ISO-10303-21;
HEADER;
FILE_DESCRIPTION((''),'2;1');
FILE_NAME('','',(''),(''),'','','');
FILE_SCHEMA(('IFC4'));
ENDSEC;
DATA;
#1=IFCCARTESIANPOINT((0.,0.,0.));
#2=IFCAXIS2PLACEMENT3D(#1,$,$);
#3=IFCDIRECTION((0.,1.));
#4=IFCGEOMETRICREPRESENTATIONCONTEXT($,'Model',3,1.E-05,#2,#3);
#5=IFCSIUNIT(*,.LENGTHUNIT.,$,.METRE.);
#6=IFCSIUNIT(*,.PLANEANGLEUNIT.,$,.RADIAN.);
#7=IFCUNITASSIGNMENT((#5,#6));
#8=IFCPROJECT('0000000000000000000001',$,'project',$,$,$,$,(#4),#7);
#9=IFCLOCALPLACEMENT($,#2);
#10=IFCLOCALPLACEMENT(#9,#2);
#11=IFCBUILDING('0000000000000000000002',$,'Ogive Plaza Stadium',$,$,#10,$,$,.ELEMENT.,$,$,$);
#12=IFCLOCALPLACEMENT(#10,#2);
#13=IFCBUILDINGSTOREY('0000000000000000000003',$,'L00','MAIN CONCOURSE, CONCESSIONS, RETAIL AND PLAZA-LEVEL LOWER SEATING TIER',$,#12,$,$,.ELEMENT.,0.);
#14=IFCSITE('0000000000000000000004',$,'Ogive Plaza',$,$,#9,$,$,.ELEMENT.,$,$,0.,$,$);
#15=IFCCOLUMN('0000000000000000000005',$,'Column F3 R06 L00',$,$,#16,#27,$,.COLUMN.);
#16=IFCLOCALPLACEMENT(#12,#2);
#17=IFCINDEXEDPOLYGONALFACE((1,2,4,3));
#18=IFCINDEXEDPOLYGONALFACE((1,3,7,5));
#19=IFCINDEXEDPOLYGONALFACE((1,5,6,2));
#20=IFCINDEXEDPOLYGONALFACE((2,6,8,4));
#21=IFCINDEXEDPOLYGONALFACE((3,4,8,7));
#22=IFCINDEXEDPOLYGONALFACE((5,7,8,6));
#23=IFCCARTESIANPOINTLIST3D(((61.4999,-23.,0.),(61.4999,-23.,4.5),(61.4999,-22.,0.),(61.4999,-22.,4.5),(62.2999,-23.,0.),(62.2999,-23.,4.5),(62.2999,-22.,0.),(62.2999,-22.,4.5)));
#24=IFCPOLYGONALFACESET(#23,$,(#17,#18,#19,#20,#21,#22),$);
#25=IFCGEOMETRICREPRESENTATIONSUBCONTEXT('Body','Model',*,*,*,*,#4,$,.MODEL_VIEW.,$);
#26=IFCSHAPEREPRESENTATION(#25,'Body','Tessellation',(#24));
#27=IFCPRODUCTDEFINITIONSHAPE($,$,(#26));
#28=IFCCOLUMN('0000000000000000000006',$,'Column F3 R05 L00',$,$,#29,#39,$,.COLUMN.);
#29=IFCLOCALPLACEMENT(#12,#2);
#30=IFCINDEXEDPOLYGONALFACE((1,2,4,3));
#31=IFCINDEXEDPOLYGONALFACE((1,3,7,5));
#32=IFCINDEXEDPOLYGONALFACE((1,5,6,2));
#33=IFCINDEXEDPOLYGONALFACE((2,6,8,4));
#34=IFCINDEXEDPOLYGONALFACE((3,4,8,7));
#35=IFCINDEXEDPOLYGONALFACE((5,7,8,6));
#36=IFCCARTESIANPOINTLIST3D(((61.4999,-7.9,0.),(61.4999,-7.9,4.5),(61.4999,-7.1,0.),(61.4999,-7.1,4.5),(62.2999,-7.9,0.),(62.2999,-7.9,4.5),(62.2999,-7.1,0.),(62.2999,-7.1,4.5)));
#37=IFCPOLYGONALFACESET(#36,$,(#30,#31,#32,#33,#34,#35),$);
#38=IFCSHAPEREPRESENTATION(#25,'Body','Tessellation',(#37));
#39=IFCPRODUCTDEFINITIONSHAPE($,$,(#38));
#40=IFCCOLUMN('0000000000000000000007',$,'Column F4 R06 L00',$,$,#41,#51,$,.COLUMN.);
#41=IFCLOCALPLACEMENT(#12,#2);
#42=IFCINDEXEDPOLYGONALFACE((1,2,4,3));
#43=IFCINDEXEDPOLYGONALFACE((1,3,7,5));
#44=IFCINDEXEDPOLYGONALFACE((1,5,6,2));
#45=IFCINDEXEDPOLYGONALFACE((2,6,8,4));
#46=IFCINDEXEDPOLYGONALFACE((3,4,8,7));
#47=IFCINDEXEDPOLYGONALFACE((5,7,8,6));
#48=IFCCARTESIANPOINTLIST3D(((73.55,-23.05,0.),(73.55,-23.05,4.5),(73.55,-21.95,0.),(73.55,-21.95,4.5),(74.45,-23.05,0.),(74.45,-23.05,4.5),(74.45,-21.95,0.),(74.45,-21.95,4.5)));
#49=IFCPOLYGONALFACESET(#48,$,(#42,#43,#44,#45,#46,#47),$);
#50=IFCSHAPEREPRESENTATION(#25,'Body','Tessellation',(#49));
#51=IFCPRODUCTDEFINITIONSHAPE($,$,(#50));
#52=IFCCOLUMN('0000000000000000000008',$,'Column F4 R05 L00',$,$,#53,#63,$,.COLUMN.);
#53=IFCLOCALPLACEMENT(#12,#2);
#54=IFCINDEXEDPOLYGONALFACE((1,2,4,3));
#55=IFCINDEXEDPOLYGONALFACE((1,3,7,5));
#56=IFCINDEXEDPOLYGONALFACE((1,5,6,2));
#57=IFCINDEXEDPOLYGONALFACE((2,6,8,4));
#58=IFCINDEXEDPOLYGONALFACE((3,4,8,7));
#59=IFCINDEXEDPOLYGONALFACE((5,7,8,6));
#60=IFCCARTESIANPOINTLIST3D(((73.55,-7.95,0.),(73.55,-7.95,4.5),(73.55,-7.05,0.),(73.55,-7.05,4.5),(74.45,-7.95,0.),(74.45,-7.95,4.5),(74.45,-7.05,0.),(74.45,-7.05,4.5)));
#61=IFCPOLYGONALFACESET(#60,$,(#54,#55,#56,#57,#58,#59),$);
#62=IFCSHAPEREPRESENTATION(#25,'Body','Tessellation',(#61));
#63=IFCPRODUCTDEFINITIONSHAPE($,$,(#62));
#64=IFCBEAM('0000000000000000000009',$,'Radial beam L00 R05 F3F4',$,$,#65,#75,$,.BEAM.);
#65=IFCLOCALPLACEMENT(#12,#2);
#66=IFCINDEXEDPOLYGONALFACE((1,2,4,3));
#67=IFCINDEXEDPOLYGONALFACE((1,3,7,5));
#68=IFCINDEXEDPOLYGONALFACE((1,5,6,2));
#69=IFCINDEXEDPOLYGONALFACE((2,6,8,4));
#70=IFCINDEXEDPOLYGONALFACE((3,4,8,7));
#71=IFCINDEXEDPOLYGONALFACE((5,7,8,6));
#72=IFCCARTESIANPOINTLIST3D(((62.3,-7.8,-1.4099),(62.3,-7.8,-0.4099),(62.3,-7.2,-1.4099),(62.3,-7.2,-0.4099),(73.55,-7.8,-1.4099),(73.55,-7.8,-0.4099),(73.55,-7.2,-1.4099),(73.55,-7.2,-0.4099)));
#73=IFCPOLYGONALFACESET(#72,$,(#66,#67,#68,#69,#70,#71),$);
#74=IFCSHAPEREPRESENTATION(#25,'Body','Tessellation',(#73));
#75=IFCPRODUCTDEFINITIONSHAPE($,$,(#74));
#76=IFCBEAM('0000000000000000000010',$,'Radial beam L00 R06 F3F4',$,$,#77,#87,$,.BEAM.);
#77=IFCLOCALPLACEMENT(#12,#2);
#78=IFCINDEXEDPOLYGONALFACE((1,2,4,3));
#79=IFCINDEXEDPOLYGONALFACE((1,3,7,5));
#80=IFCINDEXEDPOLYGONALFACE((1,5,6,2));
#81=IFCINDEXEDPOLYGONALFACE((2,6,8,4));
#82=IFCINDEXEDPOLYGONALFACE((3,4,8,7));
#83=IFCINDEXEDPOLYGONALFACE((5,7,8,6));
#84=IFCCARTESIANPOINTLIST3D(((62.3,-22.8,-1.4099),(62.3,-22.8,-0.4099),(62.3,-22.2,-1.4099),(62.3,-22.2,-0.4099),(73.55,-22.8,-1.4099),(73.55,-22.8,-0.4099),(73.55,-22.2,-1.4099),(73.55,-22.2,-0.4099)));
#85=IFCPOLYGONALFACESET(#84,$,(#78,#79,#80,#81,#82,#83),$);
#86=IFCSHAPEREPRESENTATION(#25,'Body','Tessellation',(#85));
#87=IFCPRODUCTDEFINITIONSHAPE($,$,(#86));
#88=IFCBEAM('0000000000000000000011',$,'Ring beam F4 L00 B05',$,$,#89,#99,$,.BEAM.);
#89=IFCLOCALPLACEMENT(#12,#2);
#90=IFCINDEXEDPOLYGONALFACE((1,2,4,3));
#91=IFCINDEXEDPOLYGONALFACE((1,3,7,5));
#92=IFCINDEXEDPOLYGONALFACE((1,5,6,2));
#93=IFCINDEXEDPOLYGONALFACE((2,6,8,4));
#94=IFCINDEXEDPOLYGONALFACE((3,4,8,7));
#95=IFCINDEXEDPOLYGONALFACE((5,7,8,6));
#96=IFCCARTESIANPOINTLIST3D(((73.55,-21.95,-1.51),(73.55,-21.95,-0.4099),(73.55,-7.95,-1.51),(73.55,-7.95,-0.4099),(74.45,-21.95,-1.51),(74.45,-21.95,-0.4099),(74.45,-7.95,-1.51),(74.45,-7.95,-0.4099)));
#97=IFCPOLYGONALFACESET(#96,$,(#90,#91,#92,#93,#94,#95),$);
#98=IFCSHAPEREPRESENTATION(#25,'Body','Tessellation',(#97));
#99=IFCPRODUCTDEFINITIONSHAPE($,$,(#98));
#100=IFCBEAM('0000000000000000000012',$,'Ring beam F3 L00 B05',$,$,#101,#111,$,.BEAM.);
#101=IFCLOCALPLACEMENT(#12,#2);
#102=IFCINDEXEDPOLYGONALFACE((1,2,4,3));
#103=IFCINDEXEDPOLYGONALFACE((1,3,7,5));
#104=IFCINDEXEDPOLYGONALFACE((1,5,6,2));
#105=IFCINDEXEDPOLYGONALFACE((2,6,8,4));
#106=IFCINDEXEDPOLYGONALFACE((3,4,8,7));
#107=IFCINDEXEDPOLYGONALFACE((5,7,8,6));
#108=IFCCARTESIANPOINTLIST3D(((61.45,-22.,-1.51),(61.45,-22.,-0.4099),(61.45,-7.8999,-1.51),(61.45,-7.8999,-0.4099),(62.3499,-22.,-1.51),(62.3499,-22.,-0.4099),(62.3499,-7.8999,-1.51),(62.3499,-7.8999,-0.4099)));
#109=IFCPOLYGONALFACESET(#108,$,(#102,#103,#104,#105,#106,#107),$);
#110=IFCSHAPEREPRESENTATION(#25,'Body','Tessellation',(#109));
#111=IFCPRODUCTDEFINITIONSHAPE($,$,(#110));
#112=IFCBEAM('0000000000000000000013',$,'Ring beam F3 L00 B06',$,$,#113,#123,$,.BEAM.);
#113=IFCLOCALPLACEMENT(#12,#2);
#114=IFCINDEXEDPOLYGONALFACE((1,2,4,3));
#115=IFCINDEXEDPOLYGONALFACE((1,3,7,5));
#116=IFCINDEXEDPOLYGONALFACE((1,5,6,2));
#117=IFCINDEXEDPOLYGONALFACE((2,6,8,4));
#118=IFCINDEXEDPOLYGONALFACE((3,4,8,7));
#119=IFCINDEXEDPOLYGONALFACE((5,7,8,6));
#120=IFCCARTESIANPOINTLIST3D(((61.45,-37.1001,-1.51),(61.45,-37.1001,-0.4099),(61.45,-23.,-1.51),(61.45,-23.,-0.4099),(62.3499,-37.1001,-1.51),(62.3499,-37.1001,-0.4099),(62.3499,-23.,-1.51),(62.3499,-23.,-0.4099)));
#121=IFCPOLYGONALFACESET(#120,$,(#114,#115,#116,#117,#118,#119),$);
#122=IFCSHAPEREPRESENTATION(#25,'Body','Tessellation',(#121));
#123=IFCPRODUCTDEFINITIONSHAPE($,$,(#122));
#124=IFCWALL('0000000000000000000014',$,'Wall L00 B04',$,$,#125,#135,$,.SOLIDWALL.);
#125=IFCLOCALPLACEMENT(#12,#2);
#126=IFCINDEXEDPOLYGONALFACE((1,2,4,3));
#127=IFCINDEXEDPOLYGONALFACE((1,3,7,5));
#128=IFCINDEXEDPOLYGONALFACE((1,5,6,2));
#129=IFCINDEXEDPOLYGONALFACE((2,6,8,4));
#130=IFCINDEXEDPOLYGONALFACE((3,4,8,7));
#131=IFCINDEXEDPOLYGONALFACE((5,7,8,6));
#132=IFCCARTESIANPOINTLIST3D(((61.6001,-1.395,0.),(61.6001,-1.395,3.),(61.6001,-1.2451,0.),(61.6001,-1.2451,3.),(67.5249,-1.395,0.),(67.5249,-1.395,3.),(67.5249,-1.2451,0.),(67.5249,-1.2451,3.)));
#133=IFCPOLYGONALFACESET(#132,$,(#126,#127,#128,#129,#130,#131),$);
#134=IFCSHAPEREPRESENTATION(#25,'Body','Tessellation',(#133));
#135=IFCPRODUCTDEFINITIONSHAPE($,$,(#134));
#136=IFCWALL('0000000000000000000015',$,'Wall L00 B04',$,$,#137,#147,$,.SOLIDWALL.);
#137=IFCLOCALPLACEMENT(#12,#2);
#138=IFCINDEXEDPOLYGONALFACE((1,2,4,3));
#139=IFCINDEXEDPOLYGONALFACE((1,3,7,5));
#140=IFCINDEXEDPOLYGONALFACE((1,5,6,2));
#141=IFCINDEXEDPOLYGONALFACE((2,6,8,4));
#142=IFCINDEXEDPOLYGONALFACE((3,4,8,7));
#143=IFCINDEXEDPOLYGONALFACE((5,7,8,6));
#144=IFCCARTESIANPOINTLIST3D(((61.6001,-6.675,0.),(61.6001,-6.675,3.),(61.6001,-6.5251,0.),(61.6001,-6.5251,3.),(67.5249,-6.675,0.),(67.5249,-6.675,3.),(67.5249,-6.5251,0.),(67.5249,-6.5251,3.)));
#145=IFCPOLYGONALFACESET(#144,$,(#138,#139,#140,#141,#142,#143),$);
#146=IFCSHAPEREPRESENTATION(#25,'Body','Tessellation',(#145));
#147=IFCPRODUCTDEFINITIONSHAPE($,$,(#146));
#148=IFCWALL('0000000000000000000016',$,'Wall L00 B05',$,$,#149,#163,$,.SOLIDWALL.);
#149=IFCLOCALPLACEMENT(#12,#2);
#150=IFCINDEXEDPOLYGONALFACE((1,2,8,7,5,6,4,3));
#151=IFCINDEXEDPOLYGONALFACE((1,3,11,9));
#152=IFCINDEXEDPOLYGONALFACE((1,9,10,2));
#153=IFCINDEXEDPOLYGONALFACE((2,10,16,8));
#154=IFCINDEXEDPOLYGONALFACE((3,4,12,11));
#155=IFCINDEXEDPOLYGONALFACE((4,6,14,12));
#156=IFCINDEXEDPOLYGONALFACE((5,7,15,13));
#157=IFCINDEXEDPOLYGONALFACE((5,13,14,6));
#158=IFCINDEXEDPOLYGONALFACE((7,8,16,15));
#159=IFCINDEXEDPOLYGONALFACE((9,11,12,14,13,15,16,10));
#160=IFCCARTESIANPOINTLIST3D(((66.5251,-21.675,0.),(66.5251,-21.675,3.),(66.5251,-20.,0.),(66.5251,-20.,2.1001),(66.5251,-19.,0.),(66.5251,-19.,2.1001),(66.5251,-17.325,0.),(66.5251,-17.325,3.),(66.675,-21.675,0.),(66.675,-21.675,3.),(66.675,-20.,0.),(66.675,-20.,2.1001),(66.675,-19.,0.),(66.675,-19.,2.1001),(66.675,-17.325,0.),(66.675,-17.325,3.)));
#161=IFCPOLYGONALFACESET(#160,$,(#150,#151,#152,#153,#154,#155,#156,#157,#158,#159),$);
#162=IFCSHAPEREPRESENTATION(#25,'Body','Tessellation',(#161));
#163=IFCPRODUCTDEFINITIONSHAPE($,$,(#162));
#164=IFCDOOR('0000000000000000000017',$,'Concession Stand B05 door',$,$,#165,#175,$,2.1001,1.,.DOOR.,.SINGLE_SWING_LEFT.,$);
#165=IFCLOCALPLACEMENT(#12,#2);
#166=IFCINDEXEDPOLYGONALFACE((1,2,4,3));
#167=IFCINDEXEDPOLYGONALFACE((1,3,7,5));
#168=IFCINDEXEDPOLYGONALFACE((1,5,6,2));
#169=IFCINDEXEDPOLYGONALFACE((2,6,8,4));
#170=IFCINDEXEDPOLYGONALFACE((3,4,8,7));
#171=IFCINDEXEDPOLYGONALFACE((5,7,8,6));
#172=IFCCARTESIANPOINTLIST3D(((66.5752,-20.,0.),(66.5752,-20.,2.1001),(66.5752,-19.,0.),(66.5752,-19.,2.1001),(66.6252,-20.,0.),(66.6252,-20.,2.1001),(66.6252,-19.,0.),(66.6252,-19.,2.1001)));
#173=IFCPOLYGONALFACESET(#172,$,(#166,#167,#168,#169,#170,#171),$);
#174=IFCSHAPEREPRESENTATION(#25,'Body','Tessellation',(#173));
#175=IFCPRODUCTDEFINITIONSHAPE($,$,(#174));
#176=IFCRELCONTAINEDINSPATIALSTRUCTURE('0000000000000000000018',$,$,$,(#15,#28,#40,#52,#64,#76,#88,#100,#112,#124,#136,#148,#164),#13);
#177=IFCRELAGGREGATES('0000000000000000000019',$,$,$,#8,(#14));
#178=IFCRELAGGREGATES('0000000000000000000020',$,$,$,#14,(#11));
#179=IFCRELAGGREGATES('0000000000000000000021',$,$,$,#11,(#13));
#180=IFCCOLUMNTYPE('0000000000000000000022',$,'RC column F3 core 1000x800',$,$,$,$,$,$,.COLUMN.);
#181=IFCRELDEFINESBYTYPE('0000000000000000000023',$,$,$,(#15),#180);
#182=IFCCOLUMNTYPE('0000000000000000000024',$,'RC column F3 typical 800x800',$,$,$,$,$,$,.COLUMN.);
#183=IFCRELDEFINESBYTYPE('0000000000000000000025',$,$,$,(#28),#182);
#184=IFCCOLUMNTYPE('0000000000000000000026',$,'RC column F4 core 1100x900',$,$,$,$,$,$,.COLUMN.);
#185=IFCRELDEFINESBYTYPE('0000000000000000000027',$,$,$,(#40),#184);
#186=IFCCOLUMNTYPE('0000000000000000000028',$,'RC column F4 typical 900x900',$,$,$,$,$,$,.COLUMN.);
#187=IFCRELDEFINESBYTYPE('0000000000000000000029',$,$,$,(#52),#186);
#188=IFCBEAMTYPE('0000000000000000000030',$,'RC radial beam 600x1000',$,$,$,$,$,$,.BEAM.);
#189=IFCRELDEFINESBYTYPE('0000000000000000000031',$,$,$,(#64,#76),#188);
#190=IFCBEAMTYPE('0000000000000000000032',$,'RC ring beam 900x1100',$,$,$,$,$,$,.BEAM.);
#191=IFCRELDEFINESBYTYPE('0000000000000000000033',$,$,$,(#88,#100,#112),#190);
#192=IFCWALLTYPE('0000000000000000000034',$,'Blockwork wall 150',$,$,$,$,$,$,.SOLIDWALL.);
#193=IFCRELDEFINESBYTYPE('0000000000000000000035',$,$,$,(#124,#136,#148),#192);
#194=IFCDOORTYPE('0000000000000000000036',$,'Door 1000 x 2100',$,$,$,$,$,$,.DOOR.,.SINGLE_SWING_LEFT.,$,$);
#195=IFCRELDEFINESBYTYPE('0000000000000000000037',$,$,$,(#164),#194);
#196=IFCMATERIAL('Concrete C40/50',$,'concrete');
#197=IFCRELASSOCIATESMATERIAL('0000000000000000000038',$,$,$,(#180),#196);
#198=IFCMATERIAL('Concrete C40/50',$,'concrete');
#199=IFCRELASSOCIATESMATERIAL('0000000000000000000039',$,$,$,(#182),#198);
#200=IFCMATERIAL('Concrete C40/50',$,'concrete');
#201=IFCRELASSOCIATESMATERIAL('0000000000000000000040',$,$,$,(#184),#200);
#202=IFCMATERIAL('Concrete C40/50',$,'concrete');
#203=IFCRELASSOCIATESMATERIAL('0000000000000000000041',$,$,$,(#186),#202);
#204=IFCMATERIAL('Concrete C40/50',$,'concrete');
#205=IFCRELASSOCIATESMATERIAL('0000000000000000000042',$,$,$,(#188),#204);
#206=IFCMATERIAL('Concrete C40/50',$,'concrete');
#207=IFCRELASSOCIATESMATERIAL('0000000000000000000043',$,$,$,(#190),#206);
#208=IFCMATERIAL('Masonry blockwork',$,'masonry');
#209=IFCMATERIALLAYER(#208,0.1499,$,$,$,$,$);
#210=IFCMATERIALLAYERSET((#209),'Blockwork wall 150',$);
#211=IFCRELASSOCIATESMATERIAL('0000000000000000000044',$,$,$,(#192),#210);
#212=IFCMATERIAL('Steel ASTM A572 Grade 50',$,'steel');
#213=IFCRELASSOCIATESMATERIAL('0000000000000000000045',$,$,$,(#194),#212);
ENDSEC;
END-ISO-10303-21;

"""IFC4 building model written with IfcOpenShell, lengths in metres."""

from ifc_helpers import new_model, si_unit, direction, frame, frame_2d, origin, origin_2d, place, context, subcontext, project, spatial, rectangle, extrude, material, layer, layer_set, material_profile, profile_set, type_object, element, fill, save


model = new_model("IFC4")

# Units and contexts
model_context = context("Model", 3, precision=1e-05, world=origin(), true_north=direction((0.0, 1.0)))
body_context = subcontext(model_context, "Body", "Model", "MODEL_VIEW")
ifc_project = project(units=[si_unit("LENGTHUNIT", "METRE"), si_unit("PLANEANGLEUNIT", "RADIAN")], contexts=[model_context])

# Site, building, storey
site_placement = place(None, origin())
site = spatial("IfcSite", under=ifc_project, at=site_placement, Name="Ogive Plaza", CompositionType="ELEMENT", RefElevation=0.0)
building_placement = place(site_placement, origin())
building = spatial("IfcBuilding", under=site, at=building_placement, Name="Ogive Plaza Stadium", CompositionType="ELEMENT")
storey_placement = place(building_placement, origin())
storey = spatial("IfcBuildingStorey", under=building, at=storey_placement, Name="L00", Description="MAIN CONCOURSE, CONCESSIONS, RETAIL AND PLAZA-LEVEL LOWER SEATING TIER", CompositionType="ELEMENT", Elevation=0.0)

# Columns
ifc_material_1 = material(Name="Concrete C40/50", Category="concrete")
ifc_material_profile_1 = material_profile(ifc_material_1, rectangle(XDim=1.0, YDim=0.8, at=origin_2d()), Name="RC 1000x800")
ifc_profile_set_1 = profile_set([ifc_material_profile_1], Name="Concrete C40/50")
column_type_1 = type_object("IfcColumnType", Name="RC column F3 core 1000x800", PredefinedType="COLUMN", material=ifc_profile_set_1)
column_1_placement = place(storey_placement, frame((61.8999, -22.5, 0.0), z_axis=(0.0, 0.0, 1.0), x_axis=(0.0, 1.0, 0.0)))
element("IfcColumn", 1, at=column_1_placement, inside=storey, type_object=column_type_1, Name="Column F3 R06 L00", PredefinedType="COLUMN", context=body_context, shape_type="SweptSolid", body=[
    extrude(rectangle(XDim=1.0, YDim=0.8, at=origin_2d()), origin(), (0.0, 0.0, 1.0), 4.5),
])
ifc_material_2 = material(Name="Concrete C40/50", Category="concrete")
ifc_material_profile_2 = material_profile(ifc_material_2, rectangle(XDim=0.8, YDim=0.8, at=origin_2d()), Name="RC 800x800")
ifc_profile_set_2 = profile_set([ifc_material_profile_2], Name="Concrete C40/50")
column_type_2 = type_object("IfcColumnType", Name="RC column F3 typical 800x800", PredefinedType="COLUMN", material=ifc_profile_set_2)
column_2_placement = place(storey_placement, frame((61.8999, -7.5, 0.0), z_axis=(0.0, 0.0, 1.0), x_axis=(0.0, 1.0, 0.0)))
element("IfcColumn", 2, at=column_2_placement, inside=storey, type_object=column_type_2, Name="Column F3 R05 L00", PredefinedType="COLUMN", context=body_context, shape_type="SweptSolid", body=[
    extrude(rectangle(XDim=0.8, YDim=0.8, at=origin_2d()), origin(), (0.0, 0.0, 1.0), 4.5),
])
ifc_material_3 = material(Name="Concrete C40/50", Category="concrete")
ifc_material_profile_3 = material_profile(ifc_material_3, rectangle(XDim=1.1001, YDim=0.8999, at=origin_2d()), Name="RC 1100x900")
ifc_profile_set_3 = profile_set([ifc_material_profile_3], Name="Concrete C40/50")
column_type_3 = type_object("IfcColumnType", Name="RC column F4 core 1100x900", PredefinedType="COLUMN", material=ifc_profile_set_3)
column_3_placement = place(storey_placement, frame((74.0, -22.5, 0.0), z_axis=(0.0, 0.0, 1.0), x_axis=(0.0, 1.0, 0.0)))
element("IfcColumn", 3, at=column_3_placement, inside=storey, type_object=column_type_3, Name="Column F4 R06 L00", PredefinedType="COLUMN", context=body_context, shape_type="SweptSolid", body=[
    extrude(rectangle(XDim=1.1001, YDim=0.8999, at=origin_2d()), origin(), (0.0, 0.0, 1.0), 4.5),
])
ifc_material_4 = material(Name="Concrete C40/50", Category="concrete")
ifc_material_profile_4 = material_profile(ifc_material_4, rectangle(XDim=0.8999, YDim=0.8999, at=origin_2d()), Name="RC 900x900")
ifc_profile_set_4 = profile_set([ifc_material_profile_4], Name="Concrete C40/50")
column_type_4 = type_object("IfcColumnType", Name="RC column F4 typical 900x900", PredefinedType="COLUMN", material=ifc_profile_set_4)
column_4_placement = place(storey_placement, frame((74.0, -7.5, 0.0), z_axis=(0.0, 0.0, 1.0), x_axis=(0.0, 1.0, 0.0)))
element("IfcColumn", 4, at=column_4_placement, inside=storey, type_object=column_type_4, Name="Column F4 R05 L00", PredefinedType="COLUMN", context=body_context, shape_type="SweptSolid", body=[
    extrude(rectangle(XDim=0.8999, YDim=0.8999, at=origin_2d()), origin(), (0.0, 0.0, 1.0), 4.5),
])

# Beams
ifc_material_5 = material(Name="Concrete C40/50", Category="concrete")
ifc_material_profile_5 = material_profile(ifc_material_5, rectangle(XDim=0.6001, YDim=1.0, at=origin_2d()), Name="RC 600x1000")
ifc_profile_set_5 = profile_set([ifc_material_profile_5], Name="Concrete C40/50")
beam_type_1 = type_object("IfcBeamType", Name="RC radial beam 600x1000", PredefinedType="BEAM", material=ifc_profile_set_5)
for number, where, z_axis, x_axis, name in (
    (5, (62.3, -7.5, -0.9099), (1.0, 0.0, 0.0), (0.0, 1.0, 0.0), "Radial beam L00 R05 F3F4"),
    (6, (62.3, -22.5, -0.9099), (1.0, 0.0, 0.0), (0.0, 1.0, 0.0), "Radial beam L00 R06 F3F4"),
):
    element("IfcBeam", number, at=place(storey_placement, frame(where, z_axis=z_axis, x_axis=x_axis)), inside=storey, type_object=beam_type_1, Name=name, PredefinedType="BEAM", context=body_context, shape_type="SweptSolid", body=[
        extrude(rectangle(XDim=0.6001, YDim=1.0, at=origin_2d()), origin(), (0.0, 0.0, 1.0), 11.25),
    ])
ifc_material_6 = material(Name="Concrete C40/50", Category="concrete")
ifc_material_profile_6 = material_profile(ifc_material_6, rectangle(XDim=0.8999, YDim=1.1001, at=origin_2d()), Name="RC 900x1100")
ifc_profile_set_6 = profile_set([ifc_material_profile_6], Name="Concrete C40/50")
beam_type_2 = type_object("IfcBeamType", Name="RC ring beam 900x1100", PredefinedType="BEAM", material=ifc_profile_set_6)
beam_placement = place(storey_placement, frame((74.0, -7.95, -0.96), z_axis=(0.0, -1.0, 0.0), x_axis=(1.0, 0.0, 0.0)))
element("IfcBeam", 7, at=beam_placement, inside=storey, type_object=beam_type_2, Name="Ring beam F4 L00 B05", PredefinedType="BEAM", context=body_context, shape_type="SweptSolid", body=[
    extrude(rectangle(XDim=0.8999, YDim=1.1001, at=origin_2d()), origin(), (0.0, 0.0, 1.0), 14.0),
])
for number, where, z_axis, x_axis, name in (
    (8, (61.8999, -7.8999, -0.96), (0.0, -1.0, 0.0), (1.0, 0.0, 0.0), "Ring beam F3 L00 B05"),
    (9, (61.8999, -23.0, -0.96), (0.0, -1.0, 0.0), (1.0, 0.0, 0.0), "Ring beam F3 L00 B06"),
):
    element("IfcBeam", number, at=place(storey_placement, frame(where, z_axis=z_axis, x_axis=x_axis)), inside=storey, type_object=beam_type_2, Name=name, PredefinedType="BEAM", context=body_context, shape_type="SweptSolid", body=[
        extrude(rectangle(XDim=0.8999, YDim=1.1001, at=origin_2d()), origin(), (0.0, 0.0, 1.0), 14.1001),
    ])

# Walls
ifc_material_7 = material(Name="Masonry blockwork", Category="masonry")
ifc_layer_1 = layer(ifc_material_7, 0.1499)
ifc_layer_set_1 = layer_set([ifc_layer_1], Name="Blockwork wall 150")
wall_type_1 = type_object("IfcWallType", Name="Blockwork wall 150", PredefinedType="SOLIDWALL", material=ifc_layer_set_1)
for number, where, z_axis, x_axis, name in (
    (10, (61.6001, -1.3201, 0.0), (0.0, 0.0, 1.0), (1.0, 0.0, 0.0), "Wall L00 B04"),
    (11, (61.6001, -6.6001, 0.0), (0.0, 0.0, 1.0), (1.0, 0.0, 0.0), "Wall L00 B04"),
):
    element("IfcWall", number, at=place(storey_placement, frame(where, z_axis=z_axis, x_axis=x_axis)), inside=storey, type_object=wall_type_1, Name=name, PredefinedType="SOLIDWALL", context=body_context, shape_type="SweptSolid", body=[
        extrude(rectangle(XDim=5.9248, YDim=0.1499, at=frame_2d((2.9624, 0.0))), origin(), (0.0, 0.0, 1.0), 3.0),
    ])

# Wall, opening, door
wall_1_placement = place(storey_placement, frame((66.6001, -21.675, 0.0), z_axis=(0.0, 0.0, 1.0), x_axis=(0.0, 1.0, 0.0)))
wall_1 = element("IfcWall", 12, at=wall_1_placement, inside=storey, type_object=wall_type_1, Name="Wall L00 B05", PredefinedType="SOLIDWALL", context=body_context, shape_type="SweptSolid", body=[
    extrude(rectangle(XDim=4.3501, YDim=0.1499, at=frame_2d((2.175, 0.0))), origin(), (0.0, 0.0, 1.0), 3.0),
])
opening_1_placement = place(wall_1_placement, frame((1.675, 0.0, 0.0)))
opening_1 = element("IfcOpeningElement", 13, at=opening_1_placement, cuts=wall_1, PredefinedType="OPENING", context=body_context, shape_type="SweptSolid", body=[
    extrude(rectangle(XDim=1.0, YDim=2.1001, at=frame_2d((0.5, 1.05))), frame((0.0, 0.075, 0.0), z_axis=(0.0, -1.0, 0.0), x_axis=(1.0, 0.0, 0.0)), (0.0, 0.0, 1.0), 0.1499),
])
ifc_material_8 = material(Name="Steel ASTM A572 Grade 50", Category="steel")
door_type_1 = type_object("IfcDoorType", Name="Door 1000 x 2100", OperationType="SINGLE_SWING_LEFT", PredefinedType="DOOR", material=ifc_material_8)
door_1_placement = place(opening_1_placement, origin())
door_1 = element("IfcDoor", 14, at=door_1_placement, inside=storey, type_object=door_type_1, Name="Concession Stand B05 door", OperationType="SINGLE_SWING_LEFT", OverallHeight=2.1001, OverallWidth=1.0, PredefinedType="DOOR", context=body_context, shape_type="SweptSolid", body=[
    extrude(rectangle(XDim=1.0, YDim=2.1001, at=frame_2d((0.5, 1.05))), frame((0.0, 0.0249, 0.0), z_axis=(0.0, -1.0, 0.0), x_axis=(1.0, 0.0, 0.0)), (0.0, 0.0, 1.0), 0.05),
])
fill(opening_1, door_1)

save(model, "model.ifc")
